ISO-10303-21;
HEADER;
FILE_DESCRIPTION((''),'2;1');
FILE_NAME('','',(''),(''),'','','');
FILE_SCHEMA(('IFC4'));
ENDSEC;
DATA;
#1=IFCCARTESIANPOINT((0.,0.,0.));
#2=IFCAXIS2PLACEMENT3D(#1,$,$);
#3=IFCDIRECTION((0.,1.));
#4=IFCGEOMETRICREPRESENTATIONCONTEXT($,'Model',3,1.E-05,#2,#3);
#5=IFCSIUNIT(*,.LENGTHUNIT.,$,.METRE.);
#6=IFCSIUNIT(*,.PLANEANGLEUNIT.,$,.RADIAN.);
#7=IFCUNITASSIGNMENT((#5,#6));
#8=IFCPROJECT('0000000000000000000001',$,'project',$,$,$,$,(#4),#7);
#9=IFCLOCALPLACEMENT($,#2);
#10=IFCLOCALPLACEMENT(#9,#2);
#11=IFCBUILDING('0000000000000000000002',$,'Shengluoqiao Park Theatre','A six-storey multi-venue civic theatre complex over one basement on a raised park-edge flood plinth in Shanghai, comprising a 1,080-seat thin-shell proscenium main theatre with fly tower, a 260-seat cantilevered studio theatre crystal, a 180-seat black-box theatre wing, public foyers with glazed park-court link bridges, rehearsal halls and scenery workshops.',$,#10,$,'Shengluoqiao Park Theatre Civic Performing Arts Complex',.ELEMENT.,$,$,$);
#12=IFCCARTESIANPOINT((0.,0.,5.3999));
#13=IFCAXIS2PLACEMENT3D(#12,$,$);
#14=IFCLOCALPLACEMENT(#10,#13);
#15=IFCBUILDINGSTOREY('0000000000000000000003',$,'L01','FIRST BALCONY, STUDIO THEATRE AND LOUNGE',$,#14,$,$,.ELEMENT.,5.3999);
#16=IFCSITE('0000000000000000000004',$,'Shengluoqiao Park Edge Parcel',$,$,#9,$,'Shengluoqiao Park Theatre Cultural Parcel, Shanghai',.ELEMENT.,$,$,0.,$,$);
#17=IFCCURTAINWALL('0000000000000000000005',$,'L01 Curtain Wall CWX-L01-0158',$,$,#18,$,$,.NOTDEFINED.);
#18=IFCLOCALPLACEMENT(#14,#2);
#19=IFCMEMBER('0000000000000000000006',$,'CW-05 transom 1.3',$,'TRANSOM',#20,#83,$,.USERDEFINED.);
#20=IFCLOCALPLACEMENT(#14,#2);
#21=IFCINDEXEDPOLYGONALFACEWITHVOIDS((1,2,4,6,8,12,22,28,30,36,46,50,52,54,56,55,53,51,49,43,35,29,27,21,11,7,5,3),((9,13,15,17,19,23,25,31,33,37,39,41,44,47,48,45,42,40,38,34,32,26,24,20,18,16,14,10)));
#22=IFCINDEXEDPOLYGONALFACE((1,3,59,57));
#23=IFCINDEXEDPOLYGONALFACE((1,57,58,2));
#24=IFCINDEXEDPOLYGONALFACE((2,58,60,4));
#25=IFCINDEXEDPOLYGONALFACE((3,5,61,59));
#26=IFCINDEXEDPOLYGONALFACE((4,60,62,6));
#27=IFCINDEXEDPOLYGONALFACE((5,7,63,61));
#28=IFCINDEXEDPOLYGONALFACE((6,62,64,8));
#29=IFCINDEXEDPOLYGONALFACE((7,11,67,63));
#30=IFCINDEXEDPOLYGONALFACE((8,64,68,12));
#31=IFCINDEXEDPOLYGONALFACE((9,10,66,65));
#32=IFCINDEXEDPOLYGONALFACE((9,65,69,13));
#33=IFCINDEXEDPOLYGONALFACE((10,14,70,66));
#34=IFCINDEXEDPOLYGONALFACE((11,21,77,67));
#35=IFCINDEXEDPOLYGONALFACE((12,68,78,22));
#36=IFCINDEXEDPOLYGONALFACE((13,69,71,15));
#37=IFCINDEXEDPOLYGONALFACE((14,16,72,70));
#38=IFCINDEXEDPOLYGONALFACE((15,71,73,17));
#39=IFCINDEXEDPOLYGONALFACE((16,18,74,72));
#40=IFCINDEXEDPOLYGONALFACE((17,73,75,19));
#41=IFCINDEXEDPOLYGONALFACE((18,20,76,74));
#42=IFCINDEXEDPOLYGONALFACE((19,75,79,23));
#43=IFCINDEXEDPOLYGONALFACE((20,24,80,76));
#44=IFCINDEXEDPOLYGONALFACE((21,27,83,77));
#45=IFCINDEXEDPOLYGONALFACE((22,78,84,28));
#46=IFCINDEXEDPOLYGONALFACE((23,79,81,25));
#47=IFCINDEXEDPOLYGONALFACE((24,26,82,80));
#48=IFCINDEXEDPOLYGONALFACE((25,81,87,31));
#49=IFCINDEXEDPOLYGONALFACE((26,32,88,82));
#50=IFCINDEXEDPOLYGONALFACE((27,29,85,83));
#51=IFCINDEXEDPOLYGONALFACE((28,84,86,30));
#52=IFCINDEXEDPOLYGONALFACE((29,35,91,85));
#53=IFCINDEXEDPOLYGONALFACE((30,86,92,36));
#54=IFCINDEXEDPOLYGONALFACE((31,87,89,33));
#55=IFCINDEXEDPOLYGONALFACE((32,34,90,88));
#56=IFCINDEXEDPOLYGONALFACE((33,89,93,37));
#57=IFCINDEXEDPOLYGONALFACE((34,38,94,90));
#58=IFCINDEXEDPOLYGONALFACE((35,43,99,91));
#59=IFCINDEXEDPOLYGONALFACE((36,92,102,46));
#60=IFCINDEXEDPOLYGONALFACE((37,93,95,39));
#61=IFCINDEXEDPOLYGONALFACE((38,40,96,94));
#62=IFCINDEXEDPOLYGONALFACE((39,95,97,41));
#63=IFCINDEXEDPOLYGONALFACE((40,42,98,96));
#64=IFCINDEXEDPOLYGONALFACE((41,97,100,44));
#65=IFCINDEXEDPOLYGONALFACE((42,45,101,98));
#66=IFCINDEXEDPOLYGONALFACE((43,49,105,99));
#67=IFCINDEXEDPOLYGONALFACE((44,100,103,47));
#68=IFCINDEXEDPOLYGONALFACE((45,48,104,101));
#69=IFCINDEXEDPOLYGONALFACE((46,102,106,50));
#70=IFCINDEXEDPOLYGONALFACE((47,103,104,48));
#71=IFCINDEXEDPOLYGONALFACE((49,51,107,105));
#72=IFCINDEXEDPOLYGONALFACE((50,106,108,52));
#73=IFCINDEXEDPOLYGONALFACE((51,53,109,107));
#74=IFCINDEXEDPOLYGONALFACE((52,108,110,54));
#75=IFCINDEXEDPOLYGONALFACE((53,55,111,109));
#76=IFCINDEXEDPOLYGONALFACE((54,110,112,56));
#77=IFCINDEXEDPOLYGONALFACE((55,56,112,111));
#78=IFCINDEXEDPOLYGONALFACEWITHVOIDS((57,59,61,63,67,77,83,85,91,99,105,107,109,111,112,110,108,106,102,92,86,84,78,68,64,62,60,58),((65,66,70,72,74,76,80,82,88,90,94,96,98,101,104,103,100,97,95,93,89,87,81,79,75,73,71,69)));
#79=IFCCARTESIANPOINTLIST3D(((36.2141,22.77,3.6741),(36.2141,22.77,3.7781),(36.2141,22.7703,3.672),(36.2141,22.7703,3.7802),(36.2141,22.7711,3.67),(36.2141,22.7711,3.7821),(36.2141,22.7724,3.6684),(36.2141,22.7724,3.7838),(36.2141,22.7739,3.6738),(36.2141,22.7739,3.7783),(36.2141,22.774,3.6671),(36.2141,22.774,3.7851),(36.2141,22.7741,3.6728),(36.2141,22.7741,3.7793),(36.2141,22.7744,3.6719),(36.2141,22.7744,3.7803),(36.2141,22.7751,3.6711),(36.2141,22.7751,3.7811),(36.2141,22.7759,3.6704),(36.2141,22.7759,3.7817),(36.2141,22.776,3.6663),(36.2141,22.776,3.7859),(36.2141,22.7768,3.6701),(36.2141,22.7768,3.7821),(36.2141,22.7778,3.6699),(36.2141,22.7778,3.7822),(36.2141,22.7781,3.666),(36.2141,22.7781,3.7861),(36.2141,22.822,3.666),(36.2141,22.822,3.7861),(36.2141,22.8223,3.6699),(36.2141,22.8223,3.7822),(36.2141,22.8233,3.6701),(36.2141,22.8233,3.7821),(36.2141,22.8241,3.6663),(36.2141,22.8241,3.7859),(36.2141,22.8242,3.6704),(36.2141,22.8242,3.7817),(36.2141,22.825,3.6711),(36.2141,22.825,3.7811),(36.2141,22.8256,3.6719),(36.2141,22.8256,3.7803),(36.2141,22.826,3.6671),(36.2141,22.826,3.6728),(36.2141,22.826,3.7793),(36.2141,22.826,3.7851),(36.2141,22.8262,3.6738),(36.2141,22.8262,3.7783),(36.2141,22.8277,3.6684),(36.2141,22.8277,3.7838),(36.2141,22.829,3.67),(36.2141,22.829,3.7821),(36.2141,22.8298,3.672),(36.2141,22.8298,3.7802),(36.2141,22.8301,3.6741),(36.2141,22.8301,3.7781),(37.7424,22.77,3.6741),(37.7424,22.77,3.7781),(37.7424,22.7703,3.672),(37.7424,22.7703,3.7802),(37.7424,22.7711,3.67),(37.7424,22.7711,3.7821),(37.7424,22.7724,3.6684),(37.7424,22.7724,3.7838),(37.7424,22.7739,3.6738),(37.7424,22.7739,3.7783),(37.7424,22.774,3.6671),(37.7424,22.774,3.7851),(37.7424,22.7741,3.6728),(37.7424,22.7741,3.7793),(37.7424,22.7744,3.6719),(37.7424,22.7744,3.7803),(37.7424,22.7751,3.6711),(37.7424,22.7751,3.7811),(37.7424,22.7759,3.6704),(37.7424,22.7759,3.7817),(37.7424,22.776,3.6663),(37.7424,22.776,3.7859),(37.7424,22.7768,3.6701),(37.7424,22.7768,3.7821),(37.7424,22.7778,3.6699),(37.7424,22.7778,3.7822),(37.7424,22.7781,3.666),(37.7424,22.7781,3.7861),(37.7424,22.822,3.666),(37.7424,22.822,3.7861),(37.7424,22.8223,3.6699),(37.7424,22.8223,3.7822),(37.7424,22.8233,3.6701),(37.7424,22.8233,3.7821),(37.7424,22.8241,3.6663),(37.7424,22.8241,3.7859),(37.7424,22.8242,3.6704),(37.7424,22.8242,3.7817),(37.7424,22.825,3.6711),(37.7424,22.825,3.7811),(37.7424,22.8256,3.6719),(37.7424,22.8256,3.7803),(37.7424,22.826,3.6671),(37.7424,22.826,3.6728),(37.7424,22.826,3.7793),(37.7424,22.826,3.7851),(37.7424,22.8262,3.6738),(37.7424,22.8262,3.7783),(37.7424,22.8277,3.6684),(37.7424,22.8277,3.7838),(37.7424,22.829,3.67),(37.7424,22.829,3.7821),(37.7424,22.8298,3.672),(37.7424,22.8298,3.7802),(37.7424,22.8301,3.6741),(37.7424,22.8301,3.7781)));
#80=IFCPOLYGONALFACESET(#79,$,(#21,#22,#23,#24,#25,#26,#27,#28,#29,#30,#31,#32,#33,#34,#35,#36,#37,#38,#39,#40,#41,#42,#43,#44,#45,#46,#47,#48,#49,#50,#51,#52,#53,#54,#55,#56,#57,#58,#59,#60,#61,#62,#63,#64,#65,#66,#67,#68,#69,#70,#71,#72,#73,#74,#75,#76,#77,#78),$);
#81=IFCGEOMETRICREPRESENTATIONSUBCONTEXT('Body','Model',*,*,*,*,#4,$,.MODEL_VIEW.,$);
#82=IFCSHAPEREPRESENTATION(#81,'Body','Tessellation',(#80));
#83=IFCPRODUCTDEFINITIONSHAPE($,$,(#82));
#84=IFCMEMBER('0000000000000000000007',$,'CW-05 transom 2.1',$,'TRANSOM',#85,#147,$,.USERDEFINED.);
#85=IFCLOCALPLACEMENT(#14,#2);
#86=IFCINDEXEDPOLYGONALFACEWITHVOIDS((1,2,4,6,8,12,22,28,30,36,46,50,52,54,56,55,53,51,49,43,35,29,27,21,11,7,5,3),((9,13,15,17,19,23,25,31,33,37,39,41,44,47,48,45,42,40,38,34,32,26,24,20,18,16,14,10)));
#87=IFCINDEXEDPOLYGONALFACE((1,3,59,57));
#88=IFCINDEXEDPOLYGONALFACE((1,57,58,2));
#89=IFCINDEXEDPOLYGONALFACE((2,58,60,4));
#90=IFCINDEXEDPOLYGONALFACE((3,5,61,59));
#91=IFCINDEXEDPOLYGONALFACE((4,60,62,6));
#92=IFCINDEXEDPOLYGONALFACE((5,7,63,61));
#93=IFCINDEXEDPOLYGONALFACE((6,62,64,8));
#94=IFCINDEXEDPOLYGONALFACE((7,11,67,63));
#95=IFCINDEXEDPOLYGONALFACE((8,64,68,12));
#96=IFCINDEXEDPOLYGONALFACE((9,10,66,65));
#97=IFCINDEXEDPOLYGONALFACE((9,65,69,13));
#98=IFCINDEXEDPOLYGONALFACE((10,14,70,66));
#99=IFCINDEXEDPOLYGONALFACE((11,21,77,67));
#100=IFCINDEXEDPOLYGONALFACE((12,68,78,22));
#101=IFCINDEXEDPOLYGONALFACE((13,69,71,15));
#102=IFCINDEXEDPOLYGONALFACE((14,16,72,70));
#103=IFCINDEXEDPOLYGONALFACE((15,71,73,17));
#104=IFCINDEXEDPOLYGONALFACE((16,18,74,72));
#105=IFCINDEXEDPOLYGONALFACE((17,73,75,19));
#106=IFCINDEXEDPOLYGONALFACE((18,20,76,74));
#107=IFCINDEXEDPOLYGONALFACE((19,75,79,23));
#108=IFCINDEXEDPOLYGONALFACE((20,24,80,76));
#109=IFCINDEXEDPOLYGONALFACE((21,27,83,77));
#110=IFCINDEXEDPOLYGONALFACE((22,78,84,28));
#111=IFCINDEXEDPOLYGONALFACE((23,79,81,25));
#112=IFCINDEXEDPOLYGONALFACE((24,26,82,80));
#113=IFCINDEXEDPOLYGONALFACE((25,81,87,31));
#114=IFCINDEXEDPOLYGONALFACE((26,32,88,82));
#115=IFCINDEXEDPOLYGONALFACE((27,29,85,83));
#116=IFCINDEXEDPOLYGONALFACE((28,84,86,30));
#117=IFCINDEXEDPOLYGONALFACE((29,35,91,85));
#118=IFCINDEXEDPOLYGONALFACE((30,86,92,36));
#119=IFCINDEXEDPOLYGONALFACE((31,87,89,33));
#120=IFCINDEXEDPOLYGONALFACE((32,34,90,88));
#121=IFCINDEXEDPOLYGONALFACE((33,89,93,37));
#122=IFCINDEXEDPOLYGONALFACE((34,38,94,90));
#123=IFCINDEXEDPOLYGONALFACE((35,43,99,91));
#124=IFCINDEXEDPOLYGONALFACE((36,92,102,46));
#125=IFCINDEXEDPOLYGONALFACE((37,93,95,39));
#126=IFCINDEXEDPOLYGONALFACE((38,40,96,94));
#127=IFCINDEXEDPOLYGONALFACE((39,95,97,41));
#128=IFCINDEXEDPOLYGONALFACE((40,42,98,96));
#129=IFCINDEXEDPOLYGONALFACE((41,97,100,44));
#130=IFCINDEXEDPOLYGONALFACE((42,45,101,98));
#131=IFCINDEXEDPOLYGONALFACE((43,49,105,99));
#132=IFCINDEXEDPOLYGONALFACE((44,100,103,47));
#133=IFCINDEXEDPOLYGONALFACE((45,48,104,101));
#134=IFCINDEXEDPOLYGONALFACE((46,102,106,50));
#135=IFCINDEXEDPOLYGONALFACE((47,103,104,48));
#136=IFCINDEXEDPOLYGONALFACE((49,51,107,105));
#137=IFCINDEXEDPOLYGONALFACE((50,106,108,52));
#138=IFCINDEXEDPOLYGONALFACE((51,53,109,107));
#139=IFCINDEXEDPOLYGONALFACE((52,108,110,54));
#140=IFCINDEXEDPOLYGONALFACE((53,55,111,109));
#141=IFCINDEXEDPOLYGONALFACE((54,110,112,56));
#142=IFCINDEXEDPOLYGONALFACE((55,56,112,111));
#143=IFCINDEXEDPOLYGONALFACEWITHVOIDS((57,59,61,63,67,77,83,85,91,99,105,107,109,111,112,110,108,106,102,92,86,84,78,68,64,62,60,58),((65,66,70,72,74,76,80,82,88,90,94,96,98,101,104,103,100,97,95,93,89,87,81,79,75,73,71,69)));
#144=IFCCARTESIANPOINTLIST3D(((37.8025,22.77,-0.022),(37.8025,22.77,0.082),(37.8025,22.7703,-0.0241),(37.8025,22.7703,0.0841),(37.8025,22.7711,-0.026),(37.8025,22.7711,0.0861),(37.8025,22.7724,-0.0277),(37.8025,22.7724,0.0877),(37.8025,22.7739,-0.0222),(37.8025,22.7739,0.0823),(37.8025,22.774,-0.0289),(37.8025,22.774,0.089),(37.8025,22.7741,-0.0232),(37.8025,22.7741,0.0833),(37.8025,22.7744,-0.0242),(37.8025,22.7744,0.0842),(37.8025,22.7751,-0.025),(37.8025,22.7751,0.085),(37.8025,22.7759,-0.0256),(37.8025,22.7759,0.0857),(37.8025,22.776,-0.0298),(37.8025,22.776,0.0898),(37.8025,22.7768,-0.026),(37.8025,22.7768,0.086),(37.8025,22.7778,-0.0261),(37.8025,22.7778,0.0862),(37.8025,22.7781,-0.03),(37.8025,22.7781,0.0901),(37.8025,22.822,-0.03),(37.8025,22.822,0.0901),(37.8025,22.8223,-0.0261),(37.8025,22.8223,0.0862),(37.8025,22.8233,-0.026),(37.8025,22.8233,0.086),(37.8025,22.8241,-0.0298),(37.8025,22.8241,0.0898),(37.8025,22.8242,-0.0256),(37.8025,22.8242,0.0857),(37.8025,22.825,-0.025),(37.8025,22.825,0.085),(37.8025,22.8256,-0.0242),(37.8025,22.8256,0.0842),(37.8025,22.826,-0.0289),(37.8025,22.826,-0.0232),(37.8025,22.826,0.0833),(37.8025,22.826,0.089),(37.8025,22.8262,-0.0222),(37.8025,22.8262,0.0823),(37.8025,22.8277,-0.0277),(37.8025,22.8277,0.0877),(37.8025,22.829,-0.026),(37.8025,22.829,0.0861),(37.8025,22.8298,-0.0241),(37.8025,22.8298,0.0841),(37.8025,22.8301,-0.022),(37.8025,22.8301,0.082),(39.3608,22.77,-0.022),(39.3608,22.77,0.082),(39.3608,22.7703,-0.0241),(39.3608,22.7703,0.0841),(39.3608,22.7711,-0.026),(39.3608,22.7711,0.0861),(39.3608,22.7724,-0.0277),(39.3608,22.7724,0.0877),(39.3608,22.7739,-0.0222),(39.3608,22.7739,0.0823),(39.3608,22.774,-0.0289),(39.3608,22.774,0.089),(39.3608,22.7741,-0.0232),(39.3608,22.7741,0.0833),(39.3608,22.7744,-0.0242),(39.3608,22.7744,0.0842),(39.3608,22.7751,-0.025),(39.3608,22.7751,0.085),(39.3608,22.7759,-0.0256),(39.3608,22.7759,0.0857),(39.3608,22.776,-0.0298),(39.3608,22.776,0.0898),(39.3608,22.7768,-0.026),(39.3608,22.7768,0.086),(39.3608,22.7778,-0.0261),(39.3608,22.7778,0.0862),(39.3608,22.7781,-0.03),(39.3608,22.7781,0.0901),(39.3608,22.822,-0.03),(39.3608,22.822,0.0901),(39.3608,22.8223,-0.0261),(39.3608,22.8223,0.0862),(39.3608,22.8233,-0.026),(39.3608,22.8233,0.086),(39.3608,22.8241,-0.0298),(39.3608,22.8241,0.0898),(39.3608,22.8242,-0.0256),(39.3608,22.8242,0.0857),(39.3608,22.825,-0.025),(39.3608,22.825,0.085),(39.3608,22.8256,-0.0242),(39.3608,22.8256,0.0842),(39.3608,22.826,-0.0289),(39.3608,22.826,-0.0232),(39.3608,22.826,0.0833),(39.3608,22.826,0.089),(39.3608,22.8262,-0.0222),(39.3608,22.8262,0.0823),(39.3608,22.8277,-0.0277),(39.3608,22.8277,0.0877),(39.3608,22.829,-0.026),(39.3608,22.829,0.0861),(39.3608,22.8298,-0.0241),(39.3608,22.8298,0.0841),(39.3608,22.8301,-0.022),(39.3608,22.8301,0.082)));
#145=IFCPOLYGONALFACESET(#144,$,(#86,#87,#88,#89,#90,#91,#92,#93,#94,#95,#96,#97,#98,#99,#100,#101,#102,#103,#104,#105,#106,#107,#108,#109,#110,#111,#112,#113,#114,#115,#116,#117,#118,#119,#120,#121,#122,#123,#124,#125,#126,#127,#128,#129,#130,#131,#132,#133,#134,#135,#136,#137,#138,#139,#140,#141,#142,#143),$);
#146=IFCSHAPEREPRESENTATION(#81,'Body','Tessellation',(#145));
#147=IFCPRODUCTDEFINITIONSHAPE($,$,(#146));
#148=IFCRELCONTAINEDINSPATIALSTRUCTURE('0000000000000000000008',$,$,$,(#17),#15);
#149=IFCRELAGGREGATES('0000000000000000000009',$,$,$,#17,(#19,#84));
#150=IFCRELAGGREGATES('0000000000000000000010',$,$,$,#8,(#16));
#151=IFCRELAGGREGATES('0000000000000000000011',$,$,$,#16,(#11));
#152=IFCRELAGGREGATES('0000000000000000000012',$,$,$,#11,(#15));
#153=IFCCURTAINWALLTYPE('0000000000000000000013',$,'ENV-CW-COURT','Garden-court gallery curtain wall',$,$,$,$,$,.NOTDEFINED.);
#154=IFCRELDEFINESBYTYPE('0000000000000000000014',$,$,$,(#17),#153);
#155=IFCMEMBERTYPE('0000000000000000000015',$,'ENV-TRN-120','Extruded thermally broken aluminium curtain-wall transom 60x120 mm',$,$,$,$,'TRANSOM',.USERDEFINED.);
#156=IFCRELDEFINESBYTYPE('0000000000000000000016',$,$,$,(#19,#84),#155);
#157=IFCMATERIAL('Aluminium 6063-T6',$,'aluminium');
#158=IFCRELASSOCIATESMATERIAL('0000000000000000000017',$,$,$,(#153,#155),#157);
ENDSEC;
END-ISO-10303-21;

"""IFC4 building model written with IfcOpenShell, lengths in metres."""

from ifc_helpers import new_model, si_unit, direction, frame, origin, origin_2d, place, context, subcontext, project, spatial, hollow_rectangle, extrude, material, material_profile, profile_set, type_object, element, aggregate, save


model = new_model("IFC4")

# Units and contexts
model_context = context("Model", 3, precision=1e-05, world=origin(), true_north=direction((0.0, 1.0)))
body_context = subcontext(model_context, "Body", "Model", "MODEL_VIEW")
ifc_project = project(units=[si_unit("LENGTHUNIT", "METRE"), si_unit("PLANEANGLEUNIT", "RADIAN")], contexts=[model_context])

# Site, building, storey
site_placement = place(None, origin())
site = spatial("IfcSite", under=ifc_project, at=site_placement, Name="Shengluoqiao Park Edge Parcel", LongName="Shengluoqiao Park Theatre Cultural Parcel, Shanghai", CompositionType="ELEMENT", RefElevation=0.0)
building_placement = place(site_placement, origin())
building = spatial("IfcBuilding", under=site, at=building_placement, Name="Shengluoqiao Park Theatre", Description="A six-storey multi-venue civic theatre complex over one basement on a raised park-edge flood plinth in Shanghai, comprising a 1,080-seat thin-shell proscenium main theatre with fly tower, a 260-seat cantilevered studio theatre crystal, a 180-seat black-box theatre wing, public foyers with glazed park-court link bridges, rehearsal halls and scenery workshops.", LongName="Shengluoqiao Park Theatre Civic Performing Arts Complex", CompositionType="ELEMENT")
storey_placement = place(building_placement, frame((0.0, 0.0, 5.3999)))
storey = spatial("IfcBuildingStorey", under=building, at=storey_placement, Name="L01", Description="FIRST BALCONY, STUDIO THEATRE AND LOUNGE", CompositionType="ELEMENT", Elevation=5.3999)

# Shared definitions
ifc_material_1 = material(Name="Aluminium 6063-T6", Category="aluminium")
curtain_wall_type = type_object("IfcCurtainWallType", Name="ENV-CW-COURT", Description="Garden-court gallery curtain wall", PredefinedType="NOTDEFINED", material=ifc_material_1)

# Curtain wall
curtain_wall_1_placement = place(storey_placement, origin())
curtain_wall_1 = element("IfcCurtainWall", 1, at=curtain_wall_1_placement, inside=storey, type_object=curtain_wall_type, Name="L01 Curtain Wall CWX-L01-0158", PredefinedType="NOTDEFINED")

# Members
ifc_material_profile_1 = material_profile(ifc_material_1, hollow_rectangle(XDim=0.0601, YDim=0.1201, WallThickness=0.0039, InnerFilletRadius=0.0039, OuterFilletRadius=0.0081, at=origin_2d()), Name="ALU TRANSOM 120x60x4")
ifc_profile_set_1 = profile_set([ifc_material_profile_1], Name="Aluminium 6063-T6")
member_type_1 = type_object("IfcMemberType", Name="ENV-TRN-120", Description="Extruded thermally broken aluminium curtain-wall transom 60x120 mm", ElementType="TRANSOM", PredefinedType="USERDEFINED", material=ifc_profile_set_1)
member_1_placement = place(storey_placement, frame((36.2141, 22.8, 3.7261), z_axis=(1.0, 0.0, 0.0), x_axis=(0.0, 1.0, 0.0)))
member_1 = element("IfcMember", 2, at=member_1_placement, type_object=member_type_1, Name="CW-05 transom 1.3", ObjectType="TRANSOM", PredefinedType="USERDEFINED", context=body_context, shape_type="SweptSolid", body=[
    extrude(hollow_rectangle(XDim=0.0601, YDim=0.1201, WallThickness=0.0039, InnerFilletRadius=0.0039, OuterFilletRadius=0.0081, at=origin_2d()), origin(), (0.0, 0.0, 1.0), 1.5283),
])
member_2_placement = place(storey_placement, frame((37.8025, 22.8, 0.03), z_axis=(1.0, 0.0, 0.0), x_axis=(0.0, 1.0, 0.0)))
member_2 = element("IfcMember", 3, at=member_2_placement, type_object=member_type_1, Name="CW-05 transom 2.1", ObjectType="TRANSOM", PredefinedType="USERDEFINED", context=body_context, shape_type="SweptSolid", body=[
    extrude(hollow_rectangle(XDim=0.0601, YDim=0.1201, WallThickness=0.0039, InnerFilletRadius=0.0039, OuterFilletRadius=0.0081, at=origin_2d()), origin(), (0.0, 0.0, 1.0), 1.5583),
])

aggregate(curtain_wall_1, [member_1, member_2])

save(model, "model.ifc")
